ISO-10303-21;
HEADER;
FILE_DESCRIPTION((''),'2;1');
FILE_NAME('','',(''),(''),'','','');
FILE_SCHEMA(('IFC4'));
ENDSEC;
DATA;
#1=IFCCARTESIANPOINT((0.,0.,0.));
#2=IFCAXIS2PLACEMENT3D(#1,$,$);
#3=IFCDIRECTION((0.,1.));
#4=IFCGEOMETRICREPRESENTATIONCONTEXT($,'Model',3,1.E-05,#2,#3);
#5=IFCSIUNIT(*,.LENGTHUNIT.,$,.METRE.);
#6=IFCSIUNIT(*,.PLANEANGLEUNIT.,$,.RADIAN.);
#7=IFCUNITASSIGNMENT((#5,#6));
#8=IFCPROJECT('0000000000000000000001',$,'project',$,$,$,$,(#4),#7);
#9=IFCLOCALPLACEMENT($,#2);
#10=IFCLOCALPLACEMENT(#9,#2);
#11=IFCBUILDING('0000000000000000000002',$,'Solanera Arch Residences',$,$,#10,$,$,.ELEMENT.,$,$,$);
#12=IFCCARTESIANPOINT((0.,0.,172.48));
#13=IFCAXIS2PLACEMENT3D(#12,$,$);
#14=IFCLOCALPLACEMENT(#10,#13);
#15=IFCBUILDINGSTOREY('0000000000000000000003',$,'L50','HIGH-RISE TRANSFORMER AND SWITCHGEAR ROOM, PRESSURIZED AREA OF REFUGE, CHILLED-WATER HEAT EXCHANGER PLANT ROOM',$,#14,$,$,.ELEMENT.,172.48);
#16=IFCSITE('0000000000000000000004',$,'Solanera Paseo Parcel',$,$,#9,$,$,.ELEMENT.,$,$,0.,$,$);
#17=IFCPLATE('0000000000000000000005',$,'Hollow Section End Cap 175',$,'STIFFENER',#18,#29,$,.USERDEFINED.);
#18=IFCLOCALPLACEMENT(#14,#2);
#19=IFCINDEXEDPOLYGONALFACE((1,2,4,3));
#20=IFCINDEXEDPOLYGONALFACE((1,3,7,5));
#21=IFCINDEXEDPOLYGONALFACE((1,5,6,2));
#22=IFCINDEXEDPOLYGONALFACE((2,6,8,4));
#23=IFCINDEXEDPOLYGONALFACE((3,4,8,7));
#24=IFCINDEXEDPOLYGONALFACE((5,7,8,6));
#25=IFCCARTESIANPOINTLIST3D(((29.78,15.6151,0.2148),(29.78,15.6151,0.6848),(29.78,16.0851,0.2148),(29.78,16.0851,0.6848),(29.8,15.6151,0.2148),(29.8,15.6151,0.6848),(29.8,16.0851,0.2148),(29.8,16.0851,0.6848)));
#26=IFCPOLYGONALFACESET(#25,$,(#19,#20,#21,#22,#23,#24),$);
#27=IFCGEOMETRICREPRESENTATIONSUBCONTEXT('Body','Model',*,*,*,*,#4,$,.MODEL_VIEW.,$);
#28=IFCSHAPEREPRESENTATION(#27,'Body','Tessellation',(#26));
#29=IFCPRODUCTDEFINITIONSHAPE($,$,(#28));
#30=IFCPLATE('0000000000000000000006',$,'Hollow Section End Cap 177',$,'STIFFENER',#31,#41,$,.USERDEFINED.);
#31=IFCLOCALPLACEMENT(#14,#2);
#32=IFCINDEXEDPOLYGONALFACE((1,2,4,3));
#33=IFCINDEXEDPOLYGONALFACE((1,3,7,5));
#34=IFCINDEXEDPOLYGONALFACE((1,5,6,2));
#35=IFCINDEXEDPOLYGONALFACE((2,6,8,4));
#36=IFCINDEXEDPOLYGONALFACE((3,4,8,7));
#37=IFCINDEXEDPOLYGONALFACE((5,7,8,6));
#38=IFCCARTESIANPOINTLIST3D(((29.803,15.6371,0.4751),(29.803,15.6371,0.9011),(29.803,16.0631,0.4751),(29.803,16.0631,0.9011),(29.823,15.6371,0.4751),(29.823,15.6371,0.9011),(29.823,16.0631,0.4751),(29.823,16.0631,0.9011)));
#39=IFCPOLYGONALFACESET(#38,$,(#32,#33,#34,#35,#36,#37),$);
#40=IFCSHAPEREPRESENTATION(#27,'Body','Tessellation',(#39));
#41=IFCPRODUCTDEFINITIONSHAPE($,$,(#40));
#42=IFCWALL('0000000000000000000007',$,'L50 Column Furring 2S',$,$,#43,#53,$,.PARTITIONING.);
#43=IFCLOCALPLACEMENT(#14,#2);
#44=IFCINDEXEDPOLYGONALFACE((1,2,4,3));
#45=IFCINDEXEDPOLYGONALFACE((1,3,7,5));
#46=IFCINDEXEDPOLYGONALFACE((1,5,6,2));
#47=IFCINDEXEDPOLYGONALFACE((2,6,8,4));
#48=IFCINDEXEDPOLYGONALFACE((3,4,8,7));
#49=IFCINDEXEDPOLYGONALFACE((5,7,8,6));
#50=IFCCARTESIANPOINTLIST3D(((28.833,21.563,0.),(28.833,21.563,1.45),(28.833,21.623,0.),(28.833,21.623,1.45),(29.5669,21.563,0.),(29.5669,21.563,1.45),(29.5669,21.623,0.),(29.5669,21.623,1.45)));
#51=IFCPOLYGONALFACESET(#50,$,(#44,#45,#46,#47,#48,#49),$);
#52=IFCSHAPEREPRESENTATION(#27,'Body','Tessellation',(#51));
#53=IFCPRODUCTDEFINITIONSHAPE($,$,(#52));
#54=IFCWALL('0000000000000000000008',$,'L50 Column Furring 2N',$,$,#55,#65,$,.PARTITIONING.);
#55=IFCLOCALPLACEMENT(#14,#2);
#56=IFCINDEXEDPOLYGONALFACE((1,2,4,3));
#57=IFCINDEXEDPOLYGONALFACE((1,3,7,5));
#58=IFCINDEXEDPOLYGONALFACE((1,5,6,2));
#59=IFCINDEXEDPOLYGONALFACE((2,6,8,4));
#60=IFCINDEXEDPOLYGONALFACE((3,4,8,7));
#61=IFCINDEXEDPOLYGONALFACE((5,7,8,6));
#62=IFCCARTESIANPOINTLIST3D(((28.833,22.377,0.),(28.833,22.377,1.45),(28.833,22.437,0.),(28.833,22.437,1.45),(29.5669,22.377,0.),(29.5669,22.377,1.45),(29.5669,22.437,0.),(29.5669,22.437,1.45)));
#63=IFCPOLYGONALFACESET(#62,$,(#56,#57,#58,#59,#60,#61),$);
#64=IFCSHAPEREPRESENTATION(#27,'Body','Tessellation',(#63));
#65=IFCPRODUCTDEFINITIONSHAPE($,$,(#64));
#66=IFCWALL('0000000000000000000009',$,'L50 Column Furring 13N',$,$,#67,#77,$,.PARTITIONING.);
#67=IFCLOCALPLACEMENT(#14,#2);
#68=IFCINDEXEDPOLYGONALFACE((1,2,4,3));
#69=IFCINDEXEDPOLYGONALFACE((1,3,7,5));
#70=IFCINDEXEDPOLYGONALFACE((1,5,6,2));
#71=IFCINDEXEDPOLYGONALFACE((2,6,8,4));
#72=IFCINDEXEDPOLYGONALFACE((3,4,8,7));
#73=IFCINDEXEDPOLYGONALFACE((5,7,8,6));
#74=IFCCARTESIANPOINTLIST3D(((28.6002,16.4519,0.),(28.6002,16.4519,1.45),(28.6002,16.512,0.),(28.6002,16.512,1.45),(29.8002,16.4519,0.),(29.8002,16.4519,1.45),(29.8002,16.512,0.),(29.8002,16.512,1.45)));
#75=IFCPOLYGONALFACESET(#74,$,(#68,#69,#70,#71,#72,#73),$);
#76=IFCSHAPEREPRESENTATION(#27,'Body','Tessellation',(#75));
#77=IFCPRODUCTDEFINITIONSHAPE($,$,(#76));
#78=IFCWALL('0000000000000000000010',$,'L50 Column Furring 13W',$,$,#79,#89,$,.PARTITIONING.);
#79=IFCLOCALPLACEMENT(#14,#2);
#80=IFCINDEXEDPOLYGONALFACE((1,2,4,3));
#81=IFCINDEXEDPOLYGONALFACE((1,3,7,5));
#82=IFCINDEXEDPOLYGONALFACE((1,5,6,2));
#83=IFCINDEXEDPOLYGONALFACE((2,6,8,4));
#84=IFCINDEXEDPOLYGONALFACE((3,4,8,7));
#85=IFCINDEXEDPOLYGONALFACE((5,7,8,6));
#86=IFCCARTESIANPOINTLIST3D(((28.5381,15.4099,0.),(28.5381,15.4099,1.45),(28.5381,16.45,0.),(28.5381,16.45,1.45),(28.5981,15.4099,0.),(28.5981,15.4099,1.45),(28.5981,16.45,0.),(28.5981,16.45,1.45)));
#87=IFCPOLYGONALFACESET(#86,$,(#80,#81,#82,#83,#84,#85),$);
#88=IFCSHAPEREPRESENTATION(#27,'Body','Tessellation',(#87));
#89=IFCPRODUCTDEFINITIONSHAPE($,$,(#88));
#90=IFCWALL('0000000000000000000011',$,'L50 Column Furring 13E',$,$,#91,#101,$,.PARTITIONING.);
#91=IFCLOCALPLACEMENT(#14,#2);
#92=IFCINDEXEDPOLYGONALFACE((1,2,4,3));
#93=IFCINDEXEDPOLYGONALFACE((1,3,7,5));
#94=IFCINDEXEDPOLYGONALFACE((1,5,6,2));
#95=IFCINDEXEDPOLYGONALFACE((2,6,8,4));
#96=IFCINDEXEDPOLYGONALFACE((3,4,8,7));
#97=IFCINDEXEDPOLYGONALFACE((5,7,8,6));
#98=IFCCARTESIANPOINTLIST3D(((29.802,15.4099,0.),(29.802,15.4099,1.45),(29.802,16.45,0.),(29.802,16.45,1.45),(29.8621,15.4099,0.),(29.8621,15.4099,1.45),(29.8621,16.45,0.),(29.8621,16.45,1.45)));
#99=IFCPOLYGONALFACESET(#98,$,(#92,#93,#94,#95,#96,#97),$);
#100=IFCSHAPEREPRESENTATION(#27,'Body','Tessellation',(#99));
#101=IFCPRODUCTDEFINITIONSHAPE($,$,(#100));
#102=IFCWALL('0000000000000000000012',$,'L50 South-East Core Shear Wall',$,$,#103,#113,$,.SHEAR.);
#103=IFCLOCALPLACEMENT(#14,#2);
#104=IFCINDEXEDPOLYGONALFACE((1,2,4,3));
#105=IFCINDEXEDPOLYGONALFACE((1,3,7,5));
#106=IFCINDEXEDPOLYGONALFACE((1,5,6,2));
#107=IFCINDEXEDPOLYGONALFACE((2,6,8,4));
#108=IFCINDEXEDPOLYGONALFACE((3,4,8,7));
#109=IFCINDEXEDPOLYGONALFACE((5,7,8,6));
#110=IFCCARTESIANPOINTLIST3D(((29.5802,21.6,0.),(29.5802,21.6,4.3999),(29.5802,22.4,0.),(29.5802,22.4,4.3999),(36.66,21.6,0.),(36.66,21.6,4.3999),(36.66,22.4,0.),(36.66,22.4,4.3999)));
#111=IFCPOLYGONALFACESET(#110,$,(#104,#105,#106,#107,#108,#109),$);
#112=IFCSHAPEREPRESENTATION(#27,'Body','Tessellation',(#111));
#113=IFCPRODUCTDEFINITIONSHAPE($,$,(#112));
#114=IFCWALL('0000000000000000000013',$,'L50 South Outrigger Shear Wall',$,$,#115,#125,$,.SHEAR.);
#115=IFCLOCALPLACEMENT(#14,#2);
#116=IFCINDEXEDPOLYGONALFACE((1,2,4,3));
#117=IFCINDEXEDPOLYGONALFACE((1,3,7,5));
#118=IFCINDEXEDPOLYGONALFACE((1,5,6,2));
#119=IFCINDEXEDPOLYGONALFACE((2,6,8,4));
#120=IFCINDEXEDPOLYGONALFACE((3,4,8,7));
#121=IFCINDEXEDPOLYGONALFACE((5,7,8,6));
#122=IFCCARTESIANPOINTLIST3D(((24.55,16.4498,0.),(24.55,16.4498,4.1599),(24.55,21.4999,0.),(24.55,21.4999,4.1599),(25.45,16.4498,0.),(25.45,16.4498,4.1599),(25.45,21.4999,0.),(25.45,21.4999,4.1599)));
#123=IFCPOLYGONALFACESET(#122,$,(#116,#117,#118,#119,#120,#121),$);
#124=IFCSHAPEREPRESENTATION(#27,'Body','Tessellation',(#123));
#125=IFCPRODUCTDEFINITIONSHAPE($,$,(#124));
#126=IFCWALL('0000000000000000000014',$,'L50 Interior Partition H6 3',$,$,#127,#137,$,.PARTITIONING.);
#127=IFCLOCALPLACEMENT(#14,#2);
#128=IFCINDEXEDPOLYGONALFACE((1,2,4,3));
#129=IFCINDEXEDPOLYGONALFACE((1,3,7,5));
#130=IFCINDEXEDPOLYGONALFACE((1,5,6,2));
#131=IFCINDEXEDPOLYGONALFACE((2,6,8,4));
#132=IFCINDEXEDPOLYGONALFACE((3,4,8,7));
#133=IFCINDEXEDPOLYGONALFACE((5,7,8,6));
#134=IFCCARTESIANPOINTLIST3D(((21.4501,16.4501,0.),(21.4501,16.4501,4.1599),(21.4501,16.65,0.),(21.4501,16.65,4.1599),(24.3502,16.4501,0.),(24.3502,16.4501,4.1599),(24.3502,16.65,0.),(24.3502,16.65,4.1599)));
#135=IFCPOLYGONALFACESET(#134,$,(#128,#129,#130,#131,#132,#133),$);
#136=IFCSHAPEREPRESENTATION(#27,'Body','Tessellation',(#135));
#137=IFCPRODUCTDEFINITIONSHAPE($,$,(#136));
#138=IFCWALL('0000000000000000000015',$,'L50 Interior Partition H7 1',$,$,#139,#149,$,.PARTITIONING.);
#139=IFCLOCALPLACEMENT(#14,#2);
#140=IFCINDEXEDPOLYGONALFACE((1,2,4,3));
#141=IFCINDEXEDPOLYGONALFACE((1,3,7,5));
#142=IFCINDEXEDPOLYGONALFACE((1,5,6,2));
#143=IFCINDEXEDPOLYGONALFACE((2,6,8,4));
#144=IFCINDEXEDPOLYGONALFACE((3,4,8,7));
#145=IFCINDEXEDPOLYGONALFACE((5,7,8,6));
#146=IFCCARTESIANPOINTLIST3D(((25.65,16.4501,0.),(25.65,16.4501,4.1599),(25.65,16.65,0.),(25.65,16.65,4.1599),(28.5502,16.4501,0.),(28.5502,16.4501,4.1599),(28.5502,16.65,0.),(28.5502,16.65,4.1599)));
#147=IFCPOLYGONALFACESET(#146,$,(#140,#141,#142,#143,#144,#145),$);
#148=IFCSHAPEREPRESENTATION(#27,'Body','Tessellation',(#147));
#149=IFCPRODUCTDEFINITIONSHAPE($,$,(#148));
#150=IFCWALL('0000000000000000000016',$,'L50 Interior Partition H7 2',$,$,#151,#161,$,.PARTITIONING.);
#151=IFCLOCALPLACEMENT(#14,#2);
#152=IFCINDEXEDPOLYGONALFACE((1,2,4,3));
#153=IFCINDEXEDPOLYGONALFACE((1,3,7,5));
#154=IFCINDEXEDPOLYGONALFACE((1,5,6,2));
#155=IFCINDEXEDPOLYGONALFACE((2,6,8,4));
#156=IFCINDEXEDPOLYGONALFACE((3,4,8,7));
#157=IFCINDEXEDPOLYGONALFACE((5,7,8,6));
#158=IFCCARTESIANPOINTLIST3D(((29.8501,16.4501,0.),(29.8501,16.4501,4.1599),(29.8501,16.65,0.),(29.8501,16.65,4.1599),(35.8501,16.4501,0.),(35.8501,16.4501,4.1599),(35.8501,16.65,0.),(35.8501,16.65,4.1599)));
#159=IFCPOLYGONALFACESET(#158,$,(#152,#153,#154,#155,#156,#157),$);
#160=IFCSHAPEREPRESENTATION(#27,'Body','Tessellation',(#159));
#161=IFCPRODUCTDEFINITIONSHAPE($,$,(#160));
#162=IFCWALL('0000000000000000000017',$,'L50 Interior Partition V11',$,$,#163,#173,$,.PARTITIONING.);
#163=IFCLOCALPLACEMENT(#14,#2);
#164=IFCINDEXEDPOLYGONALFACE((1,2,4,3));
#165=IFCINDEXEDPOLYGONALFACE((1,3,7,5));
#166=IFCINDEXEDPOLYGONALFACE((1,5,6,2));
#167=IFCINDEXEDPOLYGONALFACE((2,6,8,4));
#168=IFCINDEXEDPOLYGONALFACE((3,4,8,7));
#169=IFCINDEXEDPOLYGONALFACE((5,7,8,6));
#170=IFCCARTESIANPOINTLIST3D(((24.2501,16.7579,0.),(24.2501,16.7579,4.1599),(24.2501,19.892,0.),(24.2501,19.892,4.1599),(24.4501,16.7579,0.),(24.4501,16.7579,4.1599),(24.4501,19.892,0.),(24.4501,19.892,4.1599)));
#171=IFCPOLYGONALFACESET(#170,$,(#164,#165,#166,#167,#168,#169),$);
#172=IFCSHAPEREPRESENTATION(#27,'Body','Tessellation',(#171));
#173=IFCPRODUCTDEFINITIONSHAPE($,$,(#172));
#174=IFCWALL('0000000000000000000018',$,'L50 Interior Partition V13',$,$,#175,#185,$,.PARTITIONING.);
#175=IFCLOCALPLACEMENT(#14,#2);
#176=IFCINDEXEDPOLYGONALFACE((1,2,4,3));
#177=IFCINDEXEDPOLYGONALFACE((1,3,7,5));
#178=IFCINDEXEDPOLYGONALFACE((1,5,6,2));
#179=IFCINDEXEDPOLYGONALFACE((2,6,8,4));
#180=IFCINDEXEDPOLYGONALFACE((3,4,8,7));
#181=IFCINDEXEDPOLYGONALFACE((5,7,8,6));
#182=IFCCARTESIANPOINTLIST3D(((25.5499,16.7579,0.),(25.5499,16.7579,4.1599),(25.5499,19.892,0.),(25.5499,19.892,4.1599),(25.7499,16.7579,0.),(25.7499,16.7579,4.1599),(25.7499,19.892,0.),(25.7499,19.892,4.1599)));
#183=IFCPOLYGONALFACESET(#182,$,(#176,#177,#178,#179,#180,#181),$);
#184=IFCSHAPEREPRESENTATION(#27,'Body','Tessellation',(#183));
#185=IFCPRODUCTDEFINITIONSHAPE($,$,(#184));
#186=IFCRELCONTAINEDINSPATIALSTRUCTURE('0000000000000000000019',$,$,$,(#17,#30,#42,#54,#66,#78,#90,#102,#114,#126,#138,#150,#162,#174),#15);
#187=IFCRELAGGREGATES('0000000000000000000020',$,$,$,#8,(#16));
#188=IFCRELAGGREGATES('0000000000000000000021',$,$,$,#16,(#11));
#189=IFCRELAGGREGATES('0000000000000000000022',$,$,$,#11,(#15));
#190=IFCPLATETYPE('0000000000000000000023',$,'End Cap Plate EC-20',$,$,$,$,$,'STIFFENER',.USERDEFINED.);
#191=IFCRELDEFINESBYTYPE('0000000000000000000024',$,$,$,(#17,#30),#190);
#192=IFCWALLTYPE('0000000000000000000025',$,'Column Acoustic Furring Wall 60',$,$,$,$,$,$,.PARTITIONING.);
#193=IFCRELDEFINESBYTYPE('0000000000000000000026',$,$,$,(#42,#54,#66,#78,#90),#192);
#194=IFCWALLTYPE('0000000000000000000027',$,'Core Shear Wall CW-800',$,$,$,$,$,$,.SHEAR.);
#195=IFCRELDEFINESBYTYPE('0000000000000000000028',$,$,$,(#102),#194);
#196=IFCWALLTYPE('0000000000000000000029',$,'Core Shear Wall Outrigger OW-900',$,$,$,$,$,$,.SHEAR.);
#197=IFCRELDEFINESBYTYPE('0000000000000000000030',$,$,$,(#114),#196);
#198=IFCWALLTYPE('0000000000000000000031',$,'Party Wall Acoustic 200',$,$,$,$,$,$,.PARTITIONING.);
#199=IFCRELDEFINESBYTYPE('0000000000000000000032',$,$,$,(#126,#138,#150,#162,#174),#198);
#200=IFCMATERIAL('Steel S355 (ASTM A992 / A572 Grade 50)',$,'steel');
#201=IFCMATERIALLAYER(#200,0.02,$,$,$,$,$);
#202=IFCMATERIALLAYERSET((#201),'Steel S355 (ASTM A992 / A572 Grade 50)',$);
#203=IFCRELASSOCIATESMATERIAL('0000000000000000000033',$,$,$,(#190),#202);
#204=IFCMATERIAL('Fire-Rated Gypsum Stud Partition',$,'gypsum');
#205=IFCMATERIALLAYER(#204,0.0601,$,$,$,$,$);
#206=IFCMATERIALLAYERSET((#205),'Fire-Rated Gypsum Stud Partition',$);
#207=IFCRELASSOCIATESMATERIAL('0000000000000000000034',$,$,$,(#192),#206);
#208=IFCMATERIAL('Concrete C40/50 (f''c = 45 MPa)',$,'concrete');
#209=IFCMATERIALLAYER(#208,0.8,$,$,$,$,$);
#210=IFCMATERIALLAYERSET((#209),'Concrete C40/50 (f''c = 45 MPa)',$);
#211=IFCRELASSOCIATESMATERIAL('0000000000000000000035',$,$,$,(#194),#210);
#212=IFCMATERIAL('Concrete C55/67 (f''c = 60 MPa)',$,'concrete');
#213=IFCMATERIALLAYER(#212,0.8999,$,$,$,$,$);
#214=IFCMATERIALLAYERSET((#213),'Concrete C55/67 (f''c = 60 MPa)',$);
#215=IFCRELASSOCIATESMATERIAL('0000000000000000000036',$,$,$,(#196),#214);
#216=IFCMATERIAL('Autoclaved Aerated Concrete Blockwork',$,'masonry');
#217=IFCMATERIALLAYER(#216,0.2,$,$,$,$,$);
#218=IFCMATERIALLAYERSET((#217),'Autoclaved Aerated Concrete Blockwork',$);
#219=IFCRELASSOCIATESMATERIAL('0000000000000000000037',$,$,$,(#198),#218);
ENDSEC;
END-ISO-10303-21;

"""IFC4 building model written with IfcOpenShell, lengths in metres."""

from ifc_helpers import new_model, si_unit, direction, frame, frame_2d, origin, origin_2d, place, context, subcontext, project, spatial, rectangle, extrude, material, layer, layer_set, type_object, element, save


model = new_model("IFC4")

# Units and contexts
model_context = context("Model", 3, precision=1e-05, world=origin(), true_north=direction((0.0, 1.0)))
body_context = subcontext(model_context, "Body", "Model", "MODEL_VIEW")
ifc_project = project(units=[si_unit("LENGTHUNIT", "METRE"), si_unit("PLANEANGLEUNIT", "RADIAN")], contexts=[model_context])

# Site, building, storey
site_placement = place(None, origin())
site = spatial("IfcSite", under=ifc_project, at=site_placement, Name="Solanera Paseo Parcel", CompositionType="ELEMENT", RefElevation=0.0)
building_placement = place(site_placement, origin())
building = spatial("IfcBuilding", under=site, at=building_placement, Name="Solanera Arch Residences", CompositionType="ELEMENT")
storey_placement = place(building_placement, frame((0.0, 0.0, 172.48)))
storey = spatial("IfcBuildingStorey", under=building, at=storey_placement, Name="L50", Description="HIGH-RISE TRANSFORMER AND SWITCHGEAR ROOM, PRESSURIZED AREA OF REFUGE, CHILLED-WATER HEAT EXCHANGER PLANT ROOM", CompositionType="ELEMENT", Elevation=172.48)

# Plates
ifc_material_1 = material(Name="Steel S355 (ASTM A992 / A572 Grade 50)", Category="steel")
ifc_layer_1 = layer(ifc_material_1, 0.02)
ifc_layer_set_1 = layer_set([ifc_layer_1], Name="Steel S355 (ASTM A992 / A572 Grade 50)")
plate_type = type_object("IfcPlateType", Name="End Cap Plate EC-20", ElementType="STIFFENER", PredefinedType="USERDEFINED", material=ifc_layer_set_1)
plate_1_placement = place(storey_placement, frame((29.79, 15.8501, 0.2148), z_axis=(0.0, 0.0, 1.0), x_axis=(-1.0, 0.0, 0.0)))
element("IfcPlate", 1, at=plate_1_placement, inside=storey, type_object=plate_type, Name="Hollow Section End Cap 175", ObjectType="STIFFENER", PredefinedType="USERDEFINED", context=body_context, shape_type="SweptSolid", body=[
    extrude(rectangle(XDim=0.02, YDim=0.47, at=origin_2d()), origin(), (0.0, 0.0, 1.0), 0.47),
])
plate_2_placement = place(storey_placement, frame((29.813, 15.8501, 0.4751), z_axis=(0.0, 0.0, 1.0), x_axis=(-1.0, 0.0, 0.0)))
element("IfcPlate", 2, at=plate_2_placement, inside=storey, type_object=plate_type, Name="Hollow Section End Cap 177", ObjectType="STIFFENER", PredefinedType="USERDEFINED", context=body_context, shape_type="SweptSolid", body=[
    extrude(rectangle(XDim=0.02, YDim=0.426, at=origin_2d()), origin(), (0.0, 0.0, 1.0), 0.426),
])

# Walls
ifc_material_2 = material(Name="Fire-Rated Gypsum Stud Partition", Category="gypsum")
ifc_layer_2 = layer(ifc_material_2, 0.0601)
ifc_layer_set_2 = layer_set([ifc_layer_2], Name="Fire-Rated Gypsum Stud Partition")
wall_type_1 = type_object("IfcWallType", Name="Column Acoustic Furring Wall 60", PredefinedType="PARTITIONING", material=ifc_layer_set_2)
for number, where, z_axis, x_axis, name in (
    (3, (28.833, 21.593, 0.0), (0.0, 0.0, 1.0), (1.0, 0.0, 0.0), "L50 Column Furring 2S"),
    (4, (28.833, 22.407, 0.0), (0.0, 0.0, 1.0), (1.0, 0.0, 0.0), "L50 Column Furring 2N"),
):
    element("IfcWall", number, at=place(storey_placement, frame(where, z_axis=z_axis, x_axis=x_axis)), inside=storey, type_object=wall_type_1, Name=name, PredefinedType="PARTITIONING", context=body_context, shape_type="SweptSolid", body=[
        extrude(rectangle(XDim=0.7339, YDim=0.0601, at=frame_2d((0.3669, 0.0))), origin(), (0.0, 0.0, 1.0), 1.45),
    ])
wall_1_placement = place(storey_placement, frame((28.6001, 16.4819, 0.0), z_axis=(0.0, 0.0, 1.0), x_axis=(1.0, 0.0, 0.0)))
element("IfcWall", 5, at=wall_1_placement, inside=storey, type_object=wall_type_1, Name="L50 Column Furring 13N", PredefinedType="PARTITIONING", context=body_context, shape_type="SweptSolid", body=[
    extrude(rectangle(XDim=1.2, YDim=0.0601, at=frame_2d((0.6001, 0.0))), origin(), (0.0, 0.0, 1.0), 1.45),
])
for number, where, z_axis, x_axis, name in (
    (6, (28.5681, 15.4099, 0.0), (0.0, 0.0, 1.0), (0.0, 1.0, 0.0), "L50 Column Furring 13W"),
    (7, (29.832, 15.4099, 0.0), (0.0, 0.0, 1.0), (0.0, 1.0, 0.0), "L50 Column Furring 13E"),
):
    element("IfcWall", number, at=place(storey_placement, frame(where, z_axis=z_axis, x_axis=x_axis)), inside=storey, type_object=wall_type_1, Name=name, PredefinedType="PARTITIONING", context=body_context, shape_type="SweptSolid", body=[
        extrude(rectangle(XDim=1.04, YDim=0.0601, at=frame_2d((0.52, 0.0))), origin(), (0.0, 0.0, 1.0), 1.45),
    ])
ifc_material_3 = material(Name="Concrete C40/50 (f'c = 45 MPa)", Category="concrete")
ifc_layer_3 = layer(ifc_material_3, 0.8)
ifc_layer_set_3 = layer_set([ifc_layer_3], Name="Concrete C40/50 (f'c = 45 MPa)")
wall_type_2 = type_object("IfcWallType", Name="Core Shear Wall CW-800", PredefinedType="SHEAR", material=ifc_layer_set_3)
wall_2_placement = place(storey_placement, frame((29.5801, 22.0, 0.0), z_axis=(0.0, 0.0, 1.0), x_axis=(1.0, 0.0, 0.0)))
element("IfcWall", 8, at=wall_2_placement, inside=storey, type_object=wall_type_2, Name="L50 South-East Core Shear Wall", PredefinedType="SHEAR", context=body_context, shape_type="SweptSolid", body=[
    extrude(rectangle(XDim=7.0798, YDim=0.8, at=frame_2d((3.54, 0.0))), origin(), (0.0, 0.0, 1.0), 4.3999),
])
ifc_material_4 = material(Name="Concrete C55/67 (f'c = 60 MPa)", Category="concrete")
ifc_layer_4 = layer(ifc_material_4, 0.8999)
ifc_layer_set_4 = layer_set([ifc_layer_4], Name="Concrete C55/67 (f'c = 60 MPa)")
wall_type_3 = type_object("IfcWallType", Name="Core Shear Wall Outrigger OW-900", PredefinedType="SHEAR", material=ifc_layer_set_4)
wall_3_placement = place(storey_placement, frame((25.0, 16.45, 0.0), z_axis=(0.0, 0.0, 1.0), x_axis=(0.0, 1.0, 0.0)))
element("IfcWall", 9, at=wall_3_placement, inside=storey, type_object=wall_type_3, Name="L50 South Outrigger Shear Wall", PredefinedType="SHEAR", context=body_context, shape_type="SweptSolid", body=[
    extrude(rectangle(XDim=5.05, YDim=0.8999, at=frame_2d((2.5249, 0.0))), origin(), (0.0, 0.0, 1.0), 4.1599),
])
ifc_material_5 = material(Name="Autoclaved Aerated Concrete Blockwork", Category="masonry")
ifc_layer_5 = layer(ifc_material_5, 0.2)
ifc_layer_set_5 = layer_set([ifc_layer_5], Name="Autoclaved Aerated Concrete Blockwork")
wall_type_4 = type_object("IfcWallType", Name="Party Wall Acoustic 200", PredefinedType="PARTITIONING", material=ifc_layer_set_5)
for number, where, z_axis, x_axis, name in (
    (10, (21.45, 16.55, 0.0), (0.0, 0.0, 1.0), (1.0, 0.0, 0.0), "L50 Interior Partition H6 3"),
    (11, (25.6499, 16.55, 0.0), (0.0, 0.0, 1.0), (1.0, 0.0, 0.0), "L50 Interior Partition H7 1"),
):
    element("IfcWall", number, at=place(storey_placement, frame(where, z_axis=z_axis, x_axis=x_axis)), inside=storey, type_object=wall_type_4, Name=name, PredefinedType="PARTITIONING", context=body_context, shape_type="SweptSolid", body=[
        extrude(rectangle(XDim=2.9001, YDim=0.2, at=frame_2d((1.4502, 0.0))), origin(), (0.0, 0.0, 1.0), 4.1599),
    ])
wall_4_placement = place(storey_placement, frame((29.8501, 16.55, 0.0), z_axis=(0.0, 0.0, 1.0), x_axis=(1.0, 0.0, 0.0)))
element("IfcWall", 12, at=wall_4_placement, inside=storey, type_object=wall_type_4, Name="L50 Interior Partition H7 2", PredefinedType="PARTITIONING", context=body_context, shape_type="SweptSolid", body=[
    extrude(rectangle(XDim=6.0, YDim=0.2, at=frame_2d((3.0, 0.0))), origin(), (0.0, 0.0, 1.0), 4.1599),
])
for number, where, z_axis, x_axis, name in (
    (13, (24.3501, 16.7581, 0.0), (0.0, 0.0, 1.0), (0.0, 1.0, 0.0), "L50 Interior Partition V11"),
    (14, (25.6499, 16.7581, 0.0), (0.0, 0.0, 1.0), (0.0, 1.0, 0.0), "L50 Interior Partition V13"),
):
    element("IfcWall", number, at=place(storey_placement, frame(where, z_axis=z_axis, x_axis=x_axis)), inside=storey, type_object=wall_type_4, Name=name, PredefinedType="PARTITIONING", context=body_context, shape_type="SweptSolid", body=[
        extrude(rectangle(XDim=3.134, YDim=0.2, at=frame_2d((1.5669, 0.0))), origin(), (0.0, 0.0, 1.0), 4.1599),
    ])

save(model, "model.ifc")
